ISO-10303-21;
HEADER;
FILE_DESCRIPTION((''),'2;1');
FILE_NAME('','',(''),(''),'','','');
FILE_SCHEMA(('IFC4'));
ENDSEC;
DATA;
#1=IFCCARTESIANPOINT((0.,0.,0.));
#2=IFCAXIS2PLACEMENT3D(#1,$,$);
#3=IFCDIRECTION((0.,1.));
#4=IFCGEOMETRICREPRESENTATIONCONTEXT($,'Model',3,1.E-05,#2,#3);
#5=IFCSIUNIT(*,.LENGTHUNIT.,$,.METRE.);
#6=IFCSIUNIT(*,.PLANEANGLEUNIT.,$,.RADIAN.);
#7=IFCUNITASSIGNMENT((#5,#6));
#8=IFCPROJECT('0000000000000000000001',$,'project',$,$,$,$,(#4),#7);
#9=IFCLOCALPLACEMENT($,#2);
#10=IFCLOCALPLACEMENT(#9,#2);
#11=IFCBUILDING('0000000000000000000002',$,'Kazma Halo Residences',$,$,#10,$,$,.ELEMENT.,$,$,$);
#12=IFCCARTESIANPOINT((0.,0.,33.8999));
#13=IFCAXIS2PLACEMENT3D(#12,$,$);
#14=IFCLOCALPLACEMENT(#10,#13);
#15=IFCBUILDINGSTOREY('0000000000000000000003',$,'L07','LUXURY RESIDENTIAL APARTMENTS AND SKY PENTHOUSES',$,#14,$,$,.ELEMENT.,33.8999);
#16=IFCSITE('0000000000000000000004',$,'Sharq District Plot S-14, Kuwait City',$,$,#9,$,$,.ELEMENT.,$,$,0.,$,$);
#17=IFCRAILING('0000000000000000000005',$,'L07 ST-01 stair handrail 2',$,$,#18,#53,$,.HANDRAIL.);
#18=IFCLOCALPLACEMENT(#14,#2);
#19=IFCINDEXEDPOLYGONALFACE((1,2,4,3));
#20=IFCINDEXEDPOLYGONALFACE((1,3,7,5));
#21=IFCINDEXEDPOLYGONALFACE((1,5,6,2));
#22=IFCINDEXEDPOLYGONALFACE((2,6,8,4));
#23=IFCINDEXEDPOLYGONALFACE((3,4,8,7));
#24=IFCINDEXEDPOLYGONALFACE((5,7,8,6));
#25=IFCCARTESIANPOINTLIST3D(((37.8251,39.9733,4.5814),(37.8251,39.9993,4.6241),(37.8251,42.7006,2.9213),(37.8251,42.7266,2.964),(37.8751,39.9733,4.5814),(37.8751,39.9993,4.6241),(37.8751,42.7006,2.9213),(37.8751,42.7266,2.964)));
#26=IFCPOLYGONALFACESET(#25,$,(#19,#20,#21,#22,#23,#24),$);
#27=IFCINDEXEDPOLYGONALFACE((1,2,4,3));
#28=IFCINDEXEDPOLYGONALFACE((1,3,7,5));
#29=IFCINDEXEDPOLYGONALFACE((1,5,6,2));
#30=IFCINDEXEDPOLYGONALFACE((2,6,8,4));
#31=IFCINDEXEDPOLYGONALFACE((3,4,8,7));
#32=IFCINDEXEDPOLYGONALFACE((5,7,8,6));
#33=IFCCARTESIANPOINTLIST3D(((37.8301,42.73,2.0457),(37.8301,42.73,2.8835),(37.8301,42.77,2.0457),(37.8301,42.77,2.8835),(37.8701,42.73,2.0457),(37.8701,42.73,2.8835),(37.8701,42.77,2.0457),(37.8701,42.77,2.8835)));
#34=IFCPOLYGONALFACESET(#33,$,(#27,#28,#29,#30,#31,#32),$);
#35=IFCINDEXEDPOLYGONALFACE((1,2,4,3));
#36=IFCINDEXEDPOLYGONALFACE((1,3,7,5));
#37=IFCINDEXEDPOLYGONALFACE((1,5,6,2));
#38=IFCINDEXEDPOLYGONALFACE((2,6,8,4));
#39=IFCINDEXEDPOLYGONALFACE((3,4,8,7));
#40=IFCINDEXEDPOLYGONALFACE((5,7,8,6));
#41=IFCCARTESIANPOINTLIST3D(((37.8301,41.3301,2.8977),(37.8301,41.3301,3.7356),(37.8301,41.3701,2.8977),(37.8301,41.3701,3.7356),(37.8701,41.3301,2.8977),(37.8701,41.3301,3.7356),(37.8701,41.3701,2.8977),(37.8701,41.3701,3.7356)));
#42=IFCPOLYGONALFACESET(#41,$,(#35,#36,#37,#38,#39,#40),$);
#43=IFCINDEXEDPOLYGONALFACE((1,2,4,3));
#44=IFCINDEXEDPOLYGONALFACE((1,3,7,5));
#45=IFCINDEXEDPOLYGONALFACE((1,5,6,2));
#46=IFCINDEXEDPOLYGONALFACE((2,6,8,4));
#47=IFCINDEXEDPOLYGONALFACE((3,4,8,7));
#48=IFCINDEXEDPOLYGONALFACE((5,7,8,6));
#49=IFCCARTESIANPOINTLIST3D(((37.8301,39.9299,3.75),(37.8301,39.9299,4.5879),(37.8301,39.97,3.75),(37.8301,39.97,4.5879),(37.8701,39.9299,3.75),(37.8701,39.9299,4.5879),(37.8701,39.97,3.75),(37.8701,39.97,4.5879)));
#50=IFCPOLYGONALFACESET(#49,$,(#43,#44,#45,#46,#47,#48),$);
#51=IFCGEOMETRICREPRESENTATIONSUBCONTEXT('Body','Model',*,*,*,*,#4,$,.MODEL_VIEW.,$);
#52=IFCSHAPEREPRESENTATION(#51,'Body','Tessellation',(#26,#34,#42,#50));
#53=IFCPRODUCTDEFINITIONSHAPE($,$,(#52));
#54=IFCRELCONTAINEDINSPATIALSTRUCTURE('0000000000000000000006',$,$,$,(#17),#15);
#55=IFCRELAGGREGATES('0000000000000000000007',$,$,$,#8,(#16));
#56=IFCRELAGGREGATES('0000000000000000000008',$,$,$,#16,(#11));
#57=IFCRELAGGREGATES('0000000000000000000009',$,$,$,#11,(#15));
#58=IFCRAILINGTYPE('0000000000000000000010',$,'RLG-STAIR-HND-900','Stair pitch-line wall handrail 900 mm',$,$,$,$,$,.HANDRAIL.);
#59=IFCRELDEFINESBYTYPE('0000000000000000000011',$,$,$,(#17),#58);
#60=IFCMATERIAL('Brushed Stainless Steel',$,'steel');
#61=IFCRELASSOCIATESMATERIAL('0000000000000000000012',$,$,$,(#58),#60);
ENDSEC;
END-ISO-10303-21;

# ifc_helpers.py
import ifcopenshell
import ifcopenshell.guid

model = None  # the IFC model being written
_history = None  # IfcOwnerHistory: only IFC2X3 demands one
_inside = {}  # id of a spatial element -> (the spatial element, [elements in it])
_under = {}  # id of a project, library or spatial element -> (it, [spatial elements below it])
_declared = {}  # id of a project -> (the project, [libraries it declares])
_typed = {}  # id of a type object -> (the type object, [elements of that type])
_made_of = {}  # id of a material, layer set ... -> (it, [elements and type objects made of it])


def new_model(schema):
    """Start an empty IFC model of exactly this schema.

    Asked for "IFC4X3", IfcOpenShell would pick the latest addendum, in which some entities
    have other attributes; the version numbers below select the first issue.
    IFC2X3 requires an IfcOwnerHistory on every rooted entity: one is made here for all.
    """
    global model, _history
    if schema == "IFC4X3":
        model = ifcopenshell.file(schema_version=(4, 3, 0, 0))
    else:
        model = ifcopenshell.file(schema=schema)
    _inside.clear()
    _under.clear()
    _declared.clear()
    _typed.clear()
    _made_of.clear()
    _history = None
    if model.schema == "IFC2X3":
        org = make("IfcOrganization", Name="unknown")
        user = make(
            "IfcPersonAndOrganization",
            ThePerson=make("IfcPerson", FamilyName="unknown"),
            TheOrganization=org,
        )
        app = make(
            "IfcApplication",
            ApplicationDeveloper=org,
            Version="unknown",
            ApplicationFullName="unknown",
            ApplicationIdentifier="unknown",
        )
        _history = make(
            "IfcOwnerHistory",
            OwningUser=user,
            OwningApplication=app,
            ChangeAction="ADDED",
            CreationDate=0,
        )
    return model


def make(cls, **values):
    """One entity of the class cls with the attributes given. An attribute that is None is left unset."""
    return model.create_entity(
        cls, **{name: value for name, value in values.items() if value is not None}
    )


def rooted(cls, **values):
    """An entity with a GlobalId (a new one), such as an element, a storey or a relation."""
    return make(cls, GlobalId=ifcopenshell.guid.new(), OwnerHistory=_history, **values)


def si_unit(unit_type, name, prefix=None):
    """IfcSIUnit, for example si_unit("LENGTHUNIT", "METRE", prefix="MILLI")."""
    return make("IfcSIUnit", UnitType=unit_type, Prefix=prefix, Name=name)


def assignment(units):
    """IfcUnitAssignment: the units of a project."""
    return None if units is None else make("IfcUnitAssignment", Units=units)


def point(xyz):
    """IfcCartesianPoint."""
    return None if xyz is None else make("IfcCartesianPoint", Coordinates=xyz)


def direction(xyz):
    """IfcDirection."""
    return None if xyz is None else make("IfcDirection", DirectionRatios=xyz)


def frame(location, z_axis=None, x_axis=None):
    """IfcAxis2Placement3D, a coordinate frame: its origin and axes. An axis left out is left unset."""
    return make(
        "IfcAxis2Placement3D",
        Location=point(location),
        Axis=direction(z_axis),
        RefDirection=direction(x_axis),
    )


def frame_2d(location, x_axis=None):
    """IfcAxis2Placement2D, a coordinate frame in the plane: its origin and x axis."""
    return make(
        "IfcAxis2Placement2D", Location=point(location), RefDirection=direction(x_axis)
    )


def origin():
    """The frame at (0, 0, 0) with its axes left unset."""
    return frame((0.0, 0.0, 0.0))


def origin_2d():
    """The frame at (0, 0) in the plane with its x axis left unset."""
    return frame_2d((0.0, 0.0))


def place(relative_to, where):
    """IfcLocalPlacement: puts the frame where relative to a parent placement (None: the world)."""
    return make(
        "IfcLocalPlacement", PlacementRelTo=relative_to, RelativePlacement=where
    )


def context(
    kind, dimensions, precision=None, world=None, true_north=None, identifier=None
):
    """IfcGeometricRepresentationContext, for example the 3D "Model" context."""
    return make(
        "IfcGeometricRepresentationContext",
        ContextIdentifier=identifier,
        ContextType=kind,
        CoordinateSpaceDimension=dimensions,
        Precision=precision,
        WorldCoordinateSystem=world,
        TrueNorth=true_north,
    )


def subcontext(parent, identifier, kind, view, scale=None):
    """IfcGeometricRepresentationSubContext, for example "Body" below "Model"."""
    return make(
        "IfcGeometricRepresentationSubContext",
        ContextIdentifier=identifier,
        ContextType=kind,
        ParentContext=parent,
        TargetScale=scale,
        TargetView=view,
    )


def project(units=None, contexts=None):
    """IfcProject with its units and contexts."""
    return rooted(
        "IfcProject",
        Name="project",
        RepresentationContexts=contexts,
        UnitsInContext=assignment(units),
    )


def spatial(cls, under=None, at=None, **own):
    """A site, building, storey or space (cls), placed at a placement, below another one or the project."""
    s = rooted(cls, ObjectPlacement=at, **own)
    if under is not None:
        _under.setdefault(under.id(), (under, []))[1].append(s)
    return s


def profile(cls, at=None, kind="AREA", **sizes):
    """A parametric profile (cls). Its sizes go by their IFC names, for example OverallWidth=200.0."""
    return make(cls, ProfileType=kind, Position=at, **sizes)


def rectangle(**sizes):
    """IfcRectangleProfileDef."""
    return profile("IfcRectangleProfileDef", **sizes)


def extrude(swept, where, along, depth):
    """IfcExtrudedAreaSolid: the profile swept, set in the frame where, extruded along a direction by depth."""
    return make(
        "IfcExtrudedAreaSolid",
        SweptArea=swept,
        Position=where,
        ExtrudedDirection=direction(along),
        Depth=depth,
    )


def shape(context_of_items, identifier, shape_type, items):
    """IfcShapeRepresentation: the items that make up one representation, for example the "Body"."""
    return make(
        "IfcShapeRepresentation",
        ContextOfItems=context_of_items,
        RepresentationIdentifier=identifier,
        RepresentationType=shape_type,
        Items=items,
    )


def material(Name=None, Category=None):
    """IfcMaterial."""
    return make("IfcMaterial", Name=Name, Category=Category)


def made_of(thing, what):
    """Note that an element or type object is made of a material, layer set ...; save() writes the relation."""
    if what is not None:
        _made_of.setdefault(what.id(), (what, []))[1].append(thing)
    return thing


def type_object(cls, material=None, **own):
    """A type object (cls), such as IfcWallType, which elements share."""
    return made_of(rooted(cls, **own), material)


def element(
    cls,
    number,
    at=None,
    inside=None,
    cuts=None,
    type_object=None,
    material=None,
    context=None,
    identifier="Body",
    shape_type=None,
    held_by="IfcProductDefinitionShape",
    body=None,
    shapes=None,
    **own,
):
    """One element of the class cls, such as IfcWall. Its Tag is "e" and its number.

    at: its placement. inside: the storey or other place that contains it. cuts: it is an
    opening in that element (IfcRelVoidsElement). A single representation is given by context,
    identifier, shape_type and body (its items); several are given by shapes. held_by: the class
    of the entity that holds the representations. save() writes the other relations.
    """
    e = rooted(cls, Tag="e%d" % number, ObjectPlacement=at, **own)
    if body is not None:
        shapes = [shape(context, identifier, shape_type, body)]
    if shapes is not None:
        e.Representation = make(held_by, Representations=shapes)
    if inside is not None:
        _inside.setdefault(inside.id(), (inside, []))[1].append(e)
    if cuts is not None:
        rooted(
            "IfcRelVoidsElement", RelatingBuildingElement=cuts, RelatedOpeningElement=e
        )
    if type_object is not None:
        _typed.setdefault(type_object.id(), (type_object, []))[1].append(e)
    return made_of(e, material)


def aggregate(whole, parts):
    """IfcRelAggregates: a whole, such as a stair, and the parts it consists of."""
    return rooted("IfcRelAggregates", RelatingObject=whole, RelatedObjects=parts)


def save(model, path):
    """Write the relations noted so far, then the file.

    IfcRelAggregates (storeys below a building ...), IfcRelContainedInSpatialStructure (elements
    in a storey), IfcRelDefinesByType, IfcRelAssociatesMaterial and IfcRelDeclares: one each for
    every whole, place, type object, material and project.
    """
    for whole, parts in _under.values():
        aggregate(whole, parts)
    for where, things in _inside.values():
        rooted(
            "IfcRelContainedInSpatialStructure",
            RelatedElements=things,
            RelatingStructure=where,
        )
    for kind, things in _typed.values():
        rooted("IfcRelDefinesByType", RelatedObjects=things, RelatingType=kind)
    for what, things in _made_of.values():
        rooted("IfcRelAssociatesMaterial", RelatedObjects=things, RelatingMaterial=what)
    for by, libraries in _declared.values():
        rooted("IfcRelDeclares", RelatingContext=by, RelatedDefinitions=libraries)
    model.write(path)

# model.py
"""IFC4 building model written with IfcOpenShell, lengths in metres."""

from ifc_helpers import new_model, si_unit, direction, frame, origin, origin_2d, place, context, subcontext, project, spatial, rectangle, extrude, material, type_object, element, save


model = new_model("IFC4")

# Units and contexts
model_context = context("Model", 3, precision=1e-05, world=origin(), true_north=direction((0.0, 1.0)))
body_context = subcontext(model_context, "Body", "Model", "MODEL_VIEW")
ifc_project = project(units=[si_unit("LENGTHUNIT", "METRE"), si_unit("PLANEANGLEUNIT", "RADIAN")], contexts=[model_context])

# Site, building, storey
site_placement = place(None, origin())
site = spatial("IfcSite", under=ifc_project, at=site_placement, Name="Sharq District Plot S-14, Kuwait City", CompositionType="ELEMENT", RefElevation=0.0)
building_placement = place(site_placement, origin())
building = spatial("IfcBuilding", under=site, at=building_placement, Name="Kazma Halo Residences", CompositionType="ELEMENT")
storey_placement = place(building_placement, frame((0.0, 0.0, 33.8999)))
storey = spatial("IfcBuildingStorey", under=building, at=storey_placement, Name="L07", Description="LUXURY RESIDENTIAL APARTMENTS AND SKY PENTHOUSES", CompositionType="ELEMENT", Elevation=33.8999)

# Railing
ifc_material_1 = material(Name="Brushed Stainless Steel", Category="steel")
railing_type_1 = type_object("IfcRailingType", Name="RLG-STAIR-HND-900", Description="Stair pitch-line wall handrail 900 mm", PredefinedType="HANDRAIL", material=ifc_material_1)
railing_1_placement = place(storey_placement, frame((37.8501, 42.75, 2.0457)))
element("IfcRailing", 1, at=railing_1_placement, inside=storey, type_object=railing_type_1, Name="L07 ST-01 stair handrail 2", PredefinedType="HANDRAIL", context=body_context, shape_type="SweptSolid", body=[
    extrude(rectangle(XDim=0.05, YDim=0.05, at=origin_2d()), frame((0.0, -0.0364, 0.897), z_axis=(0.0, -0.854203, 0.51994), x_axis=(1.0, 0.0, 0.0)), (0.0, 0.0, 1.0), 3.1929),
    extrude(rectangle(XDim=0.04, YDim=0.04, at=origin_2d()), origin(), (0.0, 0.0, 1.0), 0.8379),
    extrude(rectangle(XDim=0.04, YDim=0.04, at=origin_2d()), frame((0.0, -1.3999, 0.8521)), (0.0, 0.0, 1.0), 0.8379),
    extrude(rectangle(XDim=0.04, YDim=0.04, at=origin_2d()), frame((0.0, -2.8, 1.7043)), (0.0, 0.0, 1.0), 0.8379),
])

save(model, "model.ifc")
